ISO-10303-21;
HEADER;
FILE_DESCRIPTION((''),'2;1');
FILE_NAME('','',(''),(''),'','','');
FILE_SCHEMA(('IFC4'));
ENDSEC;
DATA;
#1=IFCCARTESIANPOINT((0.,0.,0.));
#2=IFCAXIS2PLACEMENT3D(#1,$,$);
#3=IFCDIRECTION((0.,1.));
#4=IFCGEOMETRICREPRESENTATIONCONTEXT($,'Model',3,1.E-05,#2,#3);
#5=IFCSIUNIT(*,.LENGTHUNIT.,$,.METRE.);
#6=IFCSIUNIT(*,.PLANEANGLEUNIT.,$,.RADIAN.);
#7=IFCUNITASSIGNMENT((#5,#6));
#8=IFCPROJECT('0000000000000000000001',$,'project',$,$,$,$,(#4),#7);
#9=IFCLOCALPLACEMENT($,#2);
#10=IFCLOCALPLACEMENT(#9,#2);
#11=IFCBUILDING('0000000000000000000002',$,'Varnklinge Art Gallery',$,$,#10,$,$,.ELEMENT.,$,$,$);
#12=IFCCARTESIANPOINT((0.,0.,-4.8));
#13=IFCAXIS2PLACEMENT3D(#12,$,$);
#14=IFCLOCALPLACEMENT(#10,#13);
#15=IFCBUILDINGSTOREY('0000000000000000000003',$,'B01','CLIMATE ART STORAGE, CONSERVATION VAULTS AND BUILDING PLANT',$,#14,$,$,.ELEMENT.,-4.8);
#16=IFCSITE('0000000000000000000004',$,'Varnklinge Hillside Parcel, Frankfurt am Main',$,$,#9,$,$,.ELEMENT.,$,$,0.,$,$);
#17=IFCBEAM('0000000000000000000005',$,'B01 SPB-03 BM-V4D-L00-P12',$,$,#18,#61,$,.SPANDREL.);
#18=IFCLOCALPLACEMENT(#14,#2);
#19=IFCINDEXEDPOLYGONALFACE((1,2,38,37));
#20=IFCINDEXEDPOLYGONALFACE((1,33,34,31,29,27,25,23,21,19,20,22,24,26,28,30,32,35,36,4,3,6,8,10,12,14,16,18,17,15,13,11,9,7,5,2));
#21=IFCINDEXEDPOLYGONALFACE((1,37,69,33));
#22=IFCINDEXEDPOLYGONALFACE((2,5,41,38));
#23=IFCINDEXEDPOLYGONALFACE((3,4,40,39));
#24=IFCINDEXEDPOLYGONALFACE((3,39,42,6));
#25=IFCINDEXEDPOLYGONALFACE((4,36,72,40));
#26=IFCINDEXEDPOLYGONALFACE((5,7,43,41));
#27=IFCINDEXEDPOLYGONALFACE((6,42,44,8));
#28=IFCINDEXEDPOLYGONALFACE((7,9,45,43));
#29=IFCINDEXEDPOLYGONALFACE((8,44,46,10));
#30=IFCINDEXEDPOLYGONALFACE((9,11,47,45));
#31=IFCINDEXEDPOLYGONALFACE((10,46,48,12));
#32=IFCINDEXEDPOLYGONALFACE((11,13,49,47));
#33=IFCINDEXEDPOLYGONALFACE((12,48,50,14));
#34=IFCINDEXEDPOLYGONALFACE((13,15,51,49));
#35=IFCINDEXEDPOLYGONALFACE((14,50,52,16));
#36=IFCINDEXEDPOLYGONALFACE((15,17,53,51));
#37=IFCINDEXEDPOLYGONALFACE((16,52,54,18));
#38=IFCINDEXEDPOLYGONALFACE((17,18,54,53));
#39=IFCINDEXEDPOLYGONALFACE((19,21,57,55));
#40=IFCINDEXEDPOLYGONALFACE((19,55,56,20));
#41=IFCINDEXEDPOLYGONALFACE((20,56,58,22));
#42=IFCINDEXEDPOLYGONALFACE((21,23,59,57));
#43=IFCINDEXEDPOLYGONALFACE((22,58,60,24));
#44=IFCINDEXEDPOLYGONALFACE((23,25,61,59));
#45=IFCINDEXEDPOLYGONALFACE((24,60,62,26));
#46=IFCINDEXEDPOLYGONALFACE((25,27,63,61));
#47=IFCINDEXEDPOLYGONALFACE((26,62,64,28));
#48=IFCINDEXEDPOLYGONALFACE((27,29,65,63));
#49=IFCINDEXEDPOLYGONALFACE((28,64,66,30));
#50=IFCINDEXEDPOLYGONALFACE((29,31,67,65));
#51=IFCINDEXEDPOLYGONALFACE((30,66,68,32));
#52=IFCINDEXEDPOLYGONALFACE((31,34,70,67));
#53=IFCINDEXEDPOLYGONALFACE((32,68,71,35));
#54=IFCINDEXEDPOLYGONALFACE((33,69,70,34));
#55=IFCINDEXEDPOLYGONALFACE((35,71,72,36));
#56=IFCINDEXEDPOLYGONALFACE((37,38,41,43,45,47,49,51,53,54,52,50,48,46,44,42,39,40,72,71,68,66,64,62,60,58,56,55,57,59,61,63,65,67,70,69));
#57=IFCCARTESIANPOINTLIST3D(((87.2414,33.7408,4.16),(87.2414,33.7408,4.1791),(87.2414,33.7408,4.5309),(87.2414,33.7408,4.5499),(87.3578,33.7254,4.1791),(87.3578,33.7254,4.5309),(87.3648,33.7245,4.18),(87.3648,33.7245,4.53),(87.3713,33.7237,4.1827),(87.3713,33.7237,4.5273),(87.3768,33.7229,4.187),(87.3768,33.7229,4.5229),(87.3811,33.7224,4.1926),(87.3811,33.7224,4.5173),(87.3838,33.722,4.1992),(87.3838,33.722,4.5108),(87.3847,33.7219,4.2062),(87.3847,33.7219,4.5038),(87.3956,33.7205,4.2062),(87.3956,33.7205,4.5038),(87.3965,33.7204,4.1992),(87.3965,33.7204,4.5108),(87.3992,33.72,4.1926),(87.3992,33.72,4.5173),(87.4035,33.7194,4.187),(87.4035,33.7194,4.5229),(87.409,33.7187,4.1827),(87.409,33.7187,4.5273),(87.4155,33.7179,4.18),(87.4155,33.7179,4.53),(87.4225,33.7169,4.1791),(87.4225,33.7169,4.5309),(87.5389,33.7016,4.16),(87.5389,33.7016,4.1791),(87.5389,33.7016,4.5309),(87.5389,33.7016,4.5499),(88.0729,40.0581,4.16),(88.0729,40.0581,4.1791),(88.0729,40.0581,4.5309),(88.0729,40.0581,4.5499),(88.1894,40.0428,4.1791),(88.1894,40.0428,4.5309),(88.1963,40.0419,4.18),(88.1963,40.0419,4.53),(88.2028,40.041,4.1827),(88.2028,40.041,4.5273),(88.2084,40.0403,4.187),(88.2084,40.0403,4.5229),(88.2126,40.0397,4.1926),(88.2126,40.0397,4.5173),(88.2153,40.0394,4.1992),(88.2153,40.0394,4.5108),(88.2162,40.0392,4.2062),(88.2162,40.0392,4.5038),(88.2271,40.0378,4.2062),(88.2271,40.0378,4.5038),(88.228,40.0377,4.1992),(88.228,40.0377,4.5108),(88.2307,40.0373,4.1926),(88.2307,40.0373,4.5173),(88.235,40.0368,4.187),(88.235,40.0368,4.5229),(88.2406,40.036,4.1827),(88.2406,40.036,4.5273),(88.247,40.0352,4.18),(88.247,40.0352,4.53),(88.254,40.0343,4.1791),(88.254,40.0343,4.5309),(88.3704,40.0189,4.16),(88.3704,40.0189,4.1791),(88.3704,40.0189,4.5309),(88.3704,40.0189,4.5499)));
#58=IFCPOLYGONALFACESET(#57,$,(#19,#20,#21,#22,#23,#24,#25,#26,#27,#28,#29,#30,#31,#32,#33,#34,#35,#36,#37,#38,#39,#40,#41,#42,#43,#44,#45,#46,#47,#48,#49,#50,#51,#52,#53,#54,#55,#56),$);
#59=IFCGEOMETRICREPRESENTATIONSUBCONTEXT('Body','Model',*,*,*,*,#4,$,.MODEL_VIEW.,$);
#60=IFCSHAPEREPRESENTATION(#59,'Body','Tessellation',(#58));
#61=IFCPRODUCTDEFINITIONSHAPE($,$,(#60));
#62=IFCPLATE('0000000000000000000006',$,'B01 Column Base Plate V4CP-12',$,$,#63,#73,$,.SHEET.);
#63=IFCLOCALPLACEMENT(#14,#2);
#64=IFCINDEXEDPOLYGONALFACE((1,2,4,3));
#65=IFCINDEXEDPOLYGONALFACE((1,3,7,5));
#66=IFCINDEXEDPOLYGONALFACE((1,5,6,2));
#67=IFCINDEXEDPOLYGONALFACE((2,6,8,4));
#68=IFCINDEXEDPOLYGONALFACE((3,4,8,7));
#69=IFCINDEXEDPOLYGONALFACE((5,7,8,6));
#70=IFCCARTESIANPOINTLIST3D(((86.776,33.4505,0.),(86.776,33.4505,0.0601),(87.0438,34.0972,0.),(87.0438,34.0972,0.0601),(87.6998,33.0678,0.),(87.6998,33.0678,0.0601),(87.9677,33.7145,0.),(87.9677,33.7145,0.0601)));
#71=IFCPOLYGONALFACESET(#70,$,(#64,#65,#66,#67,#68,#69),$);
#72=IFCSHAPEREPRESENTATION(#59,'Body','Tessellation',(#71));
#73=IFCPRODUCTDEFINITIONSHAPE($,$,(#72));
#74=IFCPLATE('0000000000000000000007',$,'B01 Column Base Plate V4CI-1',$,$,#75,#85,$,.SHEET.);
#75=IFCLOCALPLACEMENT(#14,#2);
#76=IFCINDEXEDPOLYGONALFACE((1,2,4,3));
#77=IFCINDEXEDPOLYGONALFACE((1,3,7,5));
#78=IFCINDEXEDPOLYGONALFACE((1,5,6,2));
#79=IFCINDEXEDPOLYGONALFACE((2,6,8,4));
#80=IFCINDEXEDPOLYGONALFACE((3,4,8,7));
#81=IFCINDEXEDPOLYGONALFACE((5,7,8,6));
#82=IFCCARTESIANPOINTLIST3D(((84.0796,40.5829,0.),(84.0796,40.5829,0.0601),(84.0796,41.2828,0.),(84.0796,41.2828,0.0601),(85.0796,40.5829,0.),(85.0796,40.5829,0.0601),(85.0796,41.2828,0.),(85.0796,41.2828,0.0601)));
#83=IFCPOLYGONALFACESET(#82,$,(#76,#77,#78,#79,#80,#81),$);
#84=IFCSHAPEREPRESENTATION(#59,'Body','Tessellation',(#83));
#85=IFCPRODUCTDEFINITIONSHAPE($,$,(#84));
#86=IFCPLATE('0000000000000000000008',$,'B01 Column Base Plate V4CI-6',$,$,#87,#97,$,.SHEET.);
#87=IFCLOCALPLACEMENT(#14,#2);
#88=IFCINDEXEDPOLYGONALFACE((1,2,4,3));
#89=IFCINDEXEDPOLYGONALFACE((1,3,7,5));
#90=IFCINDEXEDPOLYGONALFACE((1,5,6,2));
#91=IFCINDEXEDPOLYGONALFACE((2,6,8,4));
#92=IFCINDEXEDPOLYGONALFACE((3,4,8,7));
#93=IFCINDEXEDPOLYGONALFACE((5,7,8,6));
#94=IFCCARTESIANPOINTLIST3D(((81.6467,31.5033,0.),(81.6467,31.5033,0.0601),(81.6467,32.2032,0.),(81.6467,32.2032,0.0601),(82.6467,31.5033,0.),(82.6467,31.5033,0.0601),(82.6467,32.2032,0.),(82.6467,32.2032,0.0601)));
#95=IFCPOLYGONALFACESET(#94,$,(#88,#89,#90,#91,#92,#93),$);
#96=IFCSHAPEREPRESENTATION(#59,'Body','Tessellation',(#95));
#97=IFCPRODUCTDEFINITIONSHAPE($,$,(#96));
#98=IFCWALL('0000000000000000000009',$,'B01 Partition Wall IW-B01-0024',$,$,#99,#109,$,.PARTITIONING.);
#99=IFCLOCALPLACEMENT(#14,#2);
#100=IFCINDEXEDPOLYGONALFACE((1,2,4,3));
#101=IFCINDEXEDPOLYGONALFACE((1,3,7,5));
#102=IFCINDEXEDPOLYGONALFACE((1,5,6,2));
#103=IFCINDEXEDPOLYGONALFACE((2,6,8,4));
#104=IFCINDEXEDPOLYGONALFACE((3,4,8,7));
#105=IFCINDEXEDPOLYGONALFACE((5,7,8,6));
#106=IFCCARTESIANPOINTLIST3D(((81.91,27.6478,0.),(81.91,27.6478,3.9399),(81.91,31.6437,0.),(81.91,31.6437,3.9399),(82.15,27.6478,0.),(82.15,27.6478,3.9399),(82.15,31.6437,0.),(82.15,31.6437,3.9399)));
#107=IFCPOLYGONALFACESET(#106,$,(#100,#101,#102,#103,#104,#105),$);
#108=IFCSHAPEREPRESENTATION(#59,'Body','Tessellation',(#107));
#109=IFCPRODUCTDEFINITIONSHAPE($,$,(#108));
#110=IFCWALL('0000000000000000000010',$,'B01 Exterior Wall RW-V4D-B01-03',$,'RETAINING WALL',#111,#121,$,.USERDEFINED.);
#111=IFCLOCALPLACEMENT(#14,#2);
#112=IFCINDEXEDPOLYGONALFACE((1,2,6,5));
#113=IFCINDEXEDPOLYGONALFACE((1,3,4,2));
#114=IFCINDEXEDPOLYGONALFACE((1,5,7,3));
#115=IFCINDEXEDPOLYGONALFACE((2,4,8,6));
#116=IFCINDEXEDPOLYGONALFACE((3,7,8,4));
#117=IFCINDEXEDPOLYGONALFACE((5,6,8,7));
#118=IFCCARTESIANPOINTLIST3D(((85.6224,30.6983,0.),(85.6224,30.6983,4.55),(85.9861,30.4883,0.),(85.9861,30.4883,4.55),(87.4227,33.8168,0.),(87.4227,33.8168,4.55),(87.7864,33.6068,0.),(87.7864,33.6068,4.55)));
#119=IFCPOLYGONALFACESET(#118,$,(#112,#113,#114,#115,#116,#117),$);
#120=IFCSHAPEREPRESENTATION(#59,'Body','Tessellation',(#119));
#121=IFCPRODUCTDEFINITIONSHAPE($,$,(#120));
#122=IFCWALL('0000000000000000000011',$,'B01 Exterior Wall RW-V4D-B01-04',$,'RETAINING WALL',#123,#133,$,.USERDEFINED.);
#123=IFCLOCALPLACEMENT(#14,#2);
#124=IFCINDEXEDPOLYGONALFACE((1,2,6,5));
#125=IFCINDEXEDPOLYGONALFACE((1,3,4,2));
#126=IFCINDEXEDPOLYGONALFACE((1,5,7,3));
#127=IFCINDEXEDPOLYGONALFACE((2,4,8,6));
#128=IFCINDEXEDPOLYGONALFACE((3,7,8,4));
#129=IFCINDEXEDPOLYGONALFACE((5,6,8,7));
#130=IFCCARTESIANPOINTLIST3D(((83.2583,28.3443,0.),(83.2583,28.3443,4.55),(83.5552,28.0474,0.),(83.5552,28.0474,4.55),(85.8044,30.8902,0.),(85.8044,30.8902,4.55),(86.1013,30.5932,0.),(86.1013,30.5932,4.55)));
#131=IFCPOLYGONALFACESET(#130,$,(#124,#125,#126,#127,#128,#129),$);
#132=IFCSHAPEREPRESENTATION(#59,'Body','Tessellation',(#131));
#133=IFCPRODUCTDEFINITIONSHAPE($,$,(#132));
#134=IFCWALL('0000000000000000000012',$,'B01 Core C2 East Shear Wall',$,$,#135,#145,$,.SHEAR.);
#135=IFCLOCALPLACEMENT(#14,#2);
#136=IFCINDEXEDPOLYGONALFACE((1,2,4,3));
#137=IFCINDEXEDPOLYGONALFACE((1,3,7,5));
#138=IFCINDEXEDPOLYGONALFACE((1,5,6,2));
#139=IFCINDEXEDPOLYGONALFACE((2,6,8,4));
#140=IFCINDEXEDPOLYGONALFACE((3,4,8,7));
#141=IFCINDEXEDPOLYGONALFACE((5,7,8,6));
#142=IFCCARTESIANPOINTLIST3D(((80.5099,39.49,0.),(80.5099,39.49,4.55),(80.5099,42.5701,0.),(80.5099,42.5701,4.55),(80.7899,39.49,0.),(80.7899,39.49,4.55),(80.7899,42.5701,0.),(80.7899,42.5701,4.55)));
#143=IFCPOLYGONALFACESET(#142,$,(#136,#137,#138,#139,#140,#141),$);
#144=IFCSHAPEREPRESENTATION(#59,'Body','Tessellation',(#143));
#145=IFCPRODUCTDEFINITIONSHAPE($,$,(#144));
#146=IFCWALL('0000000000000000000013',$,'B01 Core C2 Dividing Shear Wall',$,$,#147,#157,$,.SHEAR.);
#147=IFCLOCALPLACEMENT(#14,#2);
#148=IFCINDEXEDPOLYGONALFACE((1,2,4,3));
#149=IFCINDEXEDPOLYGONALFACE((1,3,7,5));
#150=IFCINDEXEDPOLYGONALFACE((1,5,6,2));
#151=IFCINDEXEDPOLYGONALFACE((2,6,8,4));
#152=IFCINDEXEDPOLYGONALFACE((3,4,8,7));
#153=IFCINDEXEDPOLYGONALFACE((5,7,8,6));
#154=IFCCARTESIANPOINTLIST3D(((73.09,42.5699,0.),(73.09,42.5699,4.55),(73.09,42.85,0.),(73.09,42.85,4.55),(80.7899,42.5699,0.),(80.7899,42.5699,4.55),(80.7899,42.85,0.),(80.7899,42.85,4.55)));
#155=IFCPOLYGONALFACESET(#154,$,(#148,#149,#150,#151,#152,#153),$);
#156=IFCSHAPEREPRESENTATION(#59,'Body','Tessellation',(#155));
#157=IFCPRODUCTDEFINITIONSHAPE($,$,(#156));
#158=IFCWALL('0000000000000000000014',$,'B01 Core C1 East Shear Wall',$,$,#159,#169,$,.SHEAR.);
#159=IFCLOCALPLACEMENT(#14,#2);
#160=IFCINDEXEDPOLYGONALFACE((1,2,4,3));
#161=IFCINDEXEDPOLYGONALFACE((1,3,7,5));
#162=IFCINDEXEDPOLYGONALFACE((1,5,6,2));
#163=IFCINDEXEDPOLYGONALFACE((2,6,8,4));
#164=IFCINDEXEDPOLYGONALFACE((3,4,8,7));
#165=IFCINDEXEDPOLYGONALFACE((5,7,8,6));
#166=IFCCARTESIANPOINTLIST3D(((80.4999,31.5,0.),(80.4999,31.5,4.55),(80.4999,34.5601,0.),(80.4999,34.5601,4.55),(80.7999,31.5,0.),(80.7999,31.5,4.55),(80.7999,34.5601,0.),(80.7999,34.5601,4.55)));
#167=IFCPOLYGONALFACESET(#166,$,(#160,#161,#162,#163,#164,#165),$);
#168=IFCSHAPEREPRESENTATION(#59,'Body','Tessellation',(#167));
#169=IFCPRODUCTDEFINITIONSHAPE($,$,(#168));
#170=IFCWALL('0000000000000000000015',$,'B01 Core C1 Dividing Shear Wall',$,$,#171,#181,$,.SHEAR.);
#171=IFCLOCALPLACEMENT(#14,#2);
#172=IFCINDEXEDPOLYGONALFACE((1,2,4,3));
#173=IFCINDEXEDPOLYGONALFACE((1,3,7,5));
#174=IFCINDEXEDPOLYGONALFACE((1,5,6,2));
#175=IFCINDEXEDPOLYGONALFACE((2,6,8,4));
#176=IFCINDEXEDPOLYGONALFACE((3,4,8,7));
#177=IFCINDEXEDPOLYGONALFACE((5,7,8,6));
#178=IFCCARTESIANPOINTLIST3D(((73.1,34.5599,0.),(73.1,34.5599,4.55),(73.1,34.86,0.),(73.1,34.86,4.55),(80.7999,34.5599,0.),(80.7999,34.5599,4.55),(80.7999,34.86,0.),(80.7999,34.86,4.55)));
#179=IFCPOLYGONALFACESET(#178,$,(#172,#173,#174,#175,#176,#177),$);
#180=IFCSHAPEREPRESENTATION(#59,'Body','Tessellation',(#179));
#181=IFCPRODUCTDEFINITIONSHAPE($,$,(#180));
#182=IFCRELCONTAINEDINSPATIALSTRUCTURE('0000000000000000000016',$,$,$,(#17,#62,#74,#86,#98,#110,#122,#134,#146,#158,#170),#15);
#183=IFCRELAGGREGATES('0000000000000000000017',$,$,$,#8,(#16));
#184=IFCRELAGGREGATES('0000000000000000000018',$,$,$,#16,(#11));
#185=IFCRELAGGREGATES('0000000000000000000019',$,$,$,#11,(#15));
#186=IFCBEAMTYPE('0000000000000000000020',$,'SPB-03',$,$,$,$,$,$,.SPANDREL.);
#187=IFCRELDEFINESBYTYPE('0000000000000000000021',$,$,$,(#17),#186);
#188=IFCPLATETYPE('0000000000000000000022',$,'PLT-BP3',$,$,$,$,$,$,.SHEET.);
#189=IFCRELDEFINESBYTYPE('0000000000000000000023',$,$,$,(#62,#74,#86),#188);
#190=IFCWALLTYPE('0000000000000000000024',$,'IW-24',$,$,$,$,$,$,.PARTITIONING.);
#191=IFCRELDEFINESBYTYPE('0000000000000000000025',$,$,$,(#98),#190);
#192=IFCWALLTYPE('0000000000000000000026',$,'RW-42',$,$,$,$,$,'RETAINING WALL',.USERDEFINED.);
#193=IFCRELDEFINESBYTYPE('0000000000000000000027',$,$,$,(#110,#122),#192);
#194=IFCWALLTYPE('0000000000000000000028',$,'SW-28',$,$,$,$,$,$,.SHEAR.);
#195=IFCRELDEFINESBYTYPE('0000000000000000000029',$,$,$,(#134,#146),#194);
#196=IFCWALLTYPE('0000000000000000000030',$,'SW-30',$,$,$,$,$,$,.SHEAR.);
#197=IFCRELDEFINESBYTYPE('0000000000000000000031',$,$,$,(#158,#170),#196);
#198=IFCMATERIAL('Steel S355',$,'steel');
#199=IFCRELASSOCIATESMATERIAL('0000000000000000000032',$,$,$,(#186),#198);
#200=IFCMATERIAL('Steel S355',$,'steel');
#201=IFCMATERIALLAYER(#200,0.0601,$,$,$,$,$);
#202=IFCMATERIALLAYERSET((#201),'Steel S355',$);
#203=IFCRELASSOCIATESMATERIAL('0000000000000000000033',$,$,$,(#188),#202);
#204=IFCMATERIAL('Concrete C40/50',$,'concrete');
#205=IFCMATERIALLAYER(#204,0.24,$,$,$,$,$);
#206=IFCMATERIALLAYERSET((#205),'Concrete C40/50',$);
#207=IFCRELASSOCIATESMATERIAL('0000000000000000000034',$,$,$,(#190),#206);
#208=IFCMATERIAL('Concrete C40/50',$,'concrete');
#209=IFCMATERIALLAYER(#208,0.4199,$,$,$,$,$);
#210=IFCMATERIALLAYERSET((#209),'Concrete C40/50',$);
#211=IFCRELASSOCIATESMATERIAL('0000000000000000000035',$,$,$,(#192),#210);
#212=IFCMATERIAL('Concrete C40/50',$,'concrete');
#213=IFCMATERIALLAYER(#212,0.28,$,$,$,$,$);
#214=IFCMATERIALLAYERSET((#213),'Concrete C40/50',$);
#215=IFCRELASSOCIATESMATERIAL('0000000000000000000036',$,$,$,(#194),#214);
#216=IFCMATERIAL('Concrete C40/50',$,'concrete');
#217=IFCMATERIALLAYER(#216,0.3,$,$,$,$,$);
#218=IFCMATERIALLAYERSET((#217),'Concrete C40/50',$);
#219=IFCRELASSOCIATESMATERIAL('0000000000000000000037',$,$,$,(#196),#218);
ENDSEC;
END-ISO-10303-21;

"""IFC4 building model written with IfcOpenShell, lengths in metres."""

from ifc_helpers import new_model, si_unit, direction, frame, frame_2d, origin, origin_2d, place, context, subcontext, project, spatial, rectangle, i_section, extrude, material, layer, layer_set, material_profile, profile_set, type_object, element, save


model = new_model("IFC4")

# Units and contexts
model_context = context("Model", 3, precision=1e-05, world=origin(), true_north=direction((0.0, 1.0)))
body_context = subcontext(model_context, "Body", "Model", "MODEL_VIEW")
ifc_project = project(units=[si_unit("LENGTHUNIT", "METRE"), si_unit("PLANEANGLEUNIT", "RADIAN")], contexts=[model_context])

# Site, building, storey
site_placement = place(None, origin())
site = spatial("IfcSite", under=ifc_project, at=site_placement, Name="Varnklinge Hillside Parcel, Frankfurt am Main", CompositionType="ELEMENT", RefElevation=0.0)
building_placement = place(site_placement, origin())
building = spatial("IfcBuilding", under=site, at=building_placement, Name="Varnklinge Art Gallery", CompositionType="ELEMENT")
storey_placement = place(building_placement, frame((0.0, 0.0, -4.8)))
storey = spatial("IfcBuildingStorey", under=building, at=storey_placement, Name="B01", Description="CLIMATE ART STORAGE, CONSERVATION VAULTS AND BUILDING PLANT", CompositionType="ELEMENT", Elevation=-4.8)

# Beam
ifc_material_1 = material(Name="Steel S355", Category="steel")
ifc_material_profile_1 = material_profile(ifc_material_1, i_section(OverallWidth=0.3, OverallDepth=0.3899, WebThickness=0.011, FlangeThickness=0.019, FilletRadius=0.0271, at=origin_2d()), Name="HEA 400")
ifc_profile_set_1 = profile_set([ifc_material_profile_1], Name="Steel S355")
beam_type_1 = type_object("IfcBeamType", Name="SPB-03", PredefinedType="SPANDREL", material=ifc_profile_set_1)
beam_1_placement = place(storey_placement, frame((87.3901, 33.7212, 4.355), z_axis=(0.130502, 0.991448, 0.0), x_axis=(-0.991448, 0.130502, 0.0)))
element("IfcBeam", 1, at=beam_1_placement, inside=storey, type_object=beam_type_1, Name="B01 SPB-03 BM-V4D-L00-P12", PredefinedType="SPANDREL", context=body_context, shape_type="SweptSolid", body=[
    extrude(i_section(OverallWidth=0.3, OverallDepth=0.3899, WebThickness=0.011, FlangeThickness=0.019, FilletRadius=0.0271, at=origin_2d()), origin(), (0.0, 0.0, 1.0), 6.3718),
])

# Plates
ifc_material_2 = material(Name="Steel S355", Category="steel")
ifc_layer_1 = layer(ifc_material_2, 0.0601)
ifc_layer_set_1 = layer_set([ifc_layer_1], Name="Steel S355")
plate_type = type_object("IfcPlateType", Name="PLT-BP3", PredefinedType="SHEET", material=ifc_layer_set_1)
for number, where, z_axis, x_axis, name in (
    (2, (87.3718, 33.5825, 0.0), (0.0, 0.0, 1.0), (0.92388, -0.382683, 0.0), "B01 Column Base Plate V4CP-12"),
    (3, (84.5796, 40.9329, 0.0), (0.0, 0.0, 1.0), (1.0, 0.0, 0.0), "B01 Column Base Plate V4CI-1"),
    (4, (82.1467, 31.8533, 0.0), (0.0, 0.0, 1.0), (1.0, 0.0, 0.0), "B01 Column Base Plate V4CI-6"),
):
    element("IfcPlate", number, at=place(storey_placement, frame(where, z_axis=z_axis, x_axis=x_axis)), inside=storey, type_object=plate_type, Name=name, PredefinedType="SHEET", context=body_context, shape_type="SweptSolid", body=[
        extrude(rectangle(XDim=1.0, YDim=0.7, at=origin_2d()), origin(), (0.0, 0.0, 1.0), 0.0601),
    ])

# Walls
ifc_material_3 = material(Name="Concrete C40/50", Category="concrete")
ifc_layer_2 = layer(ifc_material_3, 0.24)
ifc_layer_set_2 = layer_set([ifc_layer_2], Name="Concrete C40/50")
wall_type_1 = type_object("IfcWallType", Name="IW-24", PredefinedType="PARTITIONING", material=ifc_layer_set_2)
wall_1_placement = place(storey_placement, frame((82.03, 31.6438, 0.0), z_axis=(0.0, 0.0, 1.0), x_axis=(0.0, -1.0, 0.0)))
element("IfcWall", 5, at=wall_1_placement, inside=storey, type_object=wall_type_1, Name="B01 Partition Wall IW-B01-0024", PredefinedType="PARTITIONING", context=body_context, shape_type="SweptSolid", body=[
    extrude(rectangle(XDim=3.9958, YDim=0.24, at=frame_2d((1.998, 0.0))), origin(), (0.0, 0.0, 1.0), 3.9399),
])
ifc_material_4 = material(Name="Concrete C40/50", Category="concrete")
ifc_layer_3 = layer(ifc_material_4, 0.4199)
ifc_layer_set_3 = layer_set([ifc_layer_3], Name="Concrete C40/50")
wall_type_2 = type_object("IfcWallType", Name="RW-42", ElementType="RETAINING WALL", PredefinedType="USERDEFINED", material=ifc_layer_set_3)
wall_2_placement = place(storey_placement, frame((87.6045, 33.7117, 0.0), z_axis=(0.0, 0.0, 1.0), x_axis=(-0.499975, -0.86604, 0.0)))
element("IfcWall", 6, at=wall_2_placement, inside=storey, type_object=wall_type_2, Name="B01 Exterior Wall RW-V4D-B01-03", ObjectType="RETAINING WALL", PredefinedType="USERDEFINED", context=body_context, shape_type="SweptSolid", body=[
    extrude(rectangle(XDim=3.6008, YDim=0.4199, at=frame_2d((1.8003, 0.0))), origin(), (0.0, 0.0, 1.0), 4.55),
])
wall_3_placement = place(storey_placement, frame((85.9529, 30.7417, 0.0), z_axis=(0.0, 0.0, 1.0), x_axis=(-0.707141, -0.707073, 0.0)))
element("IfcWall", 7, at=wall_3_placement, inside=storey, type_object=wall_type_2, Name="B01 Exterior Wall RW-V4D-B01-04", ObjectType="RETAINING WALL", PredefinedType="USERDEFINED", context=body_context, shape_type="SweptSolid", body=[
    extrude(rectangle(XDim=3.6006, YDim=0.4199, at=frame_2d((1.8003, 0.0))), origin(), (0.0, 0.0, 1.0), 4.55),
])
ifc_material_5 = material(Name="Concrete C40/50", Category="concrete")
ifc_layer_4 = layer(ifc_material_5, 0.28)
ifc_layer_set_4 = layer_set([ifc_layer_4], Name="Concrete C40/50")
wall_type_3 = type_object("IfcWallType", Name="SW-28", PredefinedType="SHEAR", material=ifc_layer_set_4)
wall_4_placement = place(storey_placement, frame((80.6499, 39.49, 0.0), z_axis=(0.0, 0.0, 1.0), x_axis=(0.0, 1.0, 0.0)))
element("IfcWall", 8, at=wall_4_placement, inside=storey, type_object=wall_type_3, Name="B01 Core C2 East Shear Wall", PredefinedType="SHEAR", context=body_context, shape_type="SweptSolid", body=[
    extrude(rectangle(XDim=3.0801, YDim=0.28, at=frame_2d((1.54, 0.0))), origin(), (0.0, 0.0, 1.0), 4.55),
])
wall_5_placement = place(storey_placement, frame((80.79, 42.71, 0.0), z_axis=(0.0, 0.0, 1.0), x_axis=(-1.0, 0.0, 0.0)))
element("IfcWall", 9, at=wall_5_placement, inside=storey, type_object=wall_type_3, Name="B01 Core C2 Dividing Shear Wall", PredefinedType="SHEAR", context=body_context, shape_type="SweptSolid", body=[
    extrude(rectangle(XDim=7.7, YDim=0.28, at=frame_2d((3.8501, 0.0))), origin(), (0.0, 0.0, 1.0), 4.55),
])
ifc_material_6 = material(Name="Concrete C40/50", Category="concrete")
ifc_layer_5 = layer(ifc_material_6, 0.3)
ifc_layer_set_5 = layer_set([ifc_layer_5], Name="Concrete C40/50")
wall_type_4 = type_object("IfcWallType", Name="SW-30", PredefinedType="SHEAR", material=ifc_layer_set_5)
wall_6_placement = place(storey_placement, frame((80.6499, 31.5, 0.0), z_axis=(0.0, 0.0, 1.0), x_axis=(0.0, 1.0, 0.0)))
element("IfcWall", 10, at=wall_6_placement, inside=storey, type_object=wall_type_4, Name="B01 Core C1 East Shear Wall", PredefinedType="SHEAR", context=body_context, shape_type="SweptSolid", body=[
    extrude(rectangle(XDim=3.0601, YDim=0.3, at=frame_2d((1.53, 0.0))), origin(), (0.0, 0.0, 1.0), 4.55),
])
wall_7_placement = place(storey_placement, frame((80.8, 34.71, 0.0), z_axis=(0.0, 0.0, 1.0), x_axis=(-1.0, 0.0, 0.0)))
element("IfcWall", 11, at=wall_7_placement, inside=storey, type_object=wall_type_4, Name="B01 Core C1 Dividing Shear Wall", PredefinedType="SHEAR", context=body_context, shape_type="SweptSolid", body=[
    extrude(rectangle(XDim=7.7, YDim=0.3, at=frame_2d((3.8501, 0.0))), origin(), (0.0, 0.0, 1.0), 4.55),
])

save(model, "model.ifc")
